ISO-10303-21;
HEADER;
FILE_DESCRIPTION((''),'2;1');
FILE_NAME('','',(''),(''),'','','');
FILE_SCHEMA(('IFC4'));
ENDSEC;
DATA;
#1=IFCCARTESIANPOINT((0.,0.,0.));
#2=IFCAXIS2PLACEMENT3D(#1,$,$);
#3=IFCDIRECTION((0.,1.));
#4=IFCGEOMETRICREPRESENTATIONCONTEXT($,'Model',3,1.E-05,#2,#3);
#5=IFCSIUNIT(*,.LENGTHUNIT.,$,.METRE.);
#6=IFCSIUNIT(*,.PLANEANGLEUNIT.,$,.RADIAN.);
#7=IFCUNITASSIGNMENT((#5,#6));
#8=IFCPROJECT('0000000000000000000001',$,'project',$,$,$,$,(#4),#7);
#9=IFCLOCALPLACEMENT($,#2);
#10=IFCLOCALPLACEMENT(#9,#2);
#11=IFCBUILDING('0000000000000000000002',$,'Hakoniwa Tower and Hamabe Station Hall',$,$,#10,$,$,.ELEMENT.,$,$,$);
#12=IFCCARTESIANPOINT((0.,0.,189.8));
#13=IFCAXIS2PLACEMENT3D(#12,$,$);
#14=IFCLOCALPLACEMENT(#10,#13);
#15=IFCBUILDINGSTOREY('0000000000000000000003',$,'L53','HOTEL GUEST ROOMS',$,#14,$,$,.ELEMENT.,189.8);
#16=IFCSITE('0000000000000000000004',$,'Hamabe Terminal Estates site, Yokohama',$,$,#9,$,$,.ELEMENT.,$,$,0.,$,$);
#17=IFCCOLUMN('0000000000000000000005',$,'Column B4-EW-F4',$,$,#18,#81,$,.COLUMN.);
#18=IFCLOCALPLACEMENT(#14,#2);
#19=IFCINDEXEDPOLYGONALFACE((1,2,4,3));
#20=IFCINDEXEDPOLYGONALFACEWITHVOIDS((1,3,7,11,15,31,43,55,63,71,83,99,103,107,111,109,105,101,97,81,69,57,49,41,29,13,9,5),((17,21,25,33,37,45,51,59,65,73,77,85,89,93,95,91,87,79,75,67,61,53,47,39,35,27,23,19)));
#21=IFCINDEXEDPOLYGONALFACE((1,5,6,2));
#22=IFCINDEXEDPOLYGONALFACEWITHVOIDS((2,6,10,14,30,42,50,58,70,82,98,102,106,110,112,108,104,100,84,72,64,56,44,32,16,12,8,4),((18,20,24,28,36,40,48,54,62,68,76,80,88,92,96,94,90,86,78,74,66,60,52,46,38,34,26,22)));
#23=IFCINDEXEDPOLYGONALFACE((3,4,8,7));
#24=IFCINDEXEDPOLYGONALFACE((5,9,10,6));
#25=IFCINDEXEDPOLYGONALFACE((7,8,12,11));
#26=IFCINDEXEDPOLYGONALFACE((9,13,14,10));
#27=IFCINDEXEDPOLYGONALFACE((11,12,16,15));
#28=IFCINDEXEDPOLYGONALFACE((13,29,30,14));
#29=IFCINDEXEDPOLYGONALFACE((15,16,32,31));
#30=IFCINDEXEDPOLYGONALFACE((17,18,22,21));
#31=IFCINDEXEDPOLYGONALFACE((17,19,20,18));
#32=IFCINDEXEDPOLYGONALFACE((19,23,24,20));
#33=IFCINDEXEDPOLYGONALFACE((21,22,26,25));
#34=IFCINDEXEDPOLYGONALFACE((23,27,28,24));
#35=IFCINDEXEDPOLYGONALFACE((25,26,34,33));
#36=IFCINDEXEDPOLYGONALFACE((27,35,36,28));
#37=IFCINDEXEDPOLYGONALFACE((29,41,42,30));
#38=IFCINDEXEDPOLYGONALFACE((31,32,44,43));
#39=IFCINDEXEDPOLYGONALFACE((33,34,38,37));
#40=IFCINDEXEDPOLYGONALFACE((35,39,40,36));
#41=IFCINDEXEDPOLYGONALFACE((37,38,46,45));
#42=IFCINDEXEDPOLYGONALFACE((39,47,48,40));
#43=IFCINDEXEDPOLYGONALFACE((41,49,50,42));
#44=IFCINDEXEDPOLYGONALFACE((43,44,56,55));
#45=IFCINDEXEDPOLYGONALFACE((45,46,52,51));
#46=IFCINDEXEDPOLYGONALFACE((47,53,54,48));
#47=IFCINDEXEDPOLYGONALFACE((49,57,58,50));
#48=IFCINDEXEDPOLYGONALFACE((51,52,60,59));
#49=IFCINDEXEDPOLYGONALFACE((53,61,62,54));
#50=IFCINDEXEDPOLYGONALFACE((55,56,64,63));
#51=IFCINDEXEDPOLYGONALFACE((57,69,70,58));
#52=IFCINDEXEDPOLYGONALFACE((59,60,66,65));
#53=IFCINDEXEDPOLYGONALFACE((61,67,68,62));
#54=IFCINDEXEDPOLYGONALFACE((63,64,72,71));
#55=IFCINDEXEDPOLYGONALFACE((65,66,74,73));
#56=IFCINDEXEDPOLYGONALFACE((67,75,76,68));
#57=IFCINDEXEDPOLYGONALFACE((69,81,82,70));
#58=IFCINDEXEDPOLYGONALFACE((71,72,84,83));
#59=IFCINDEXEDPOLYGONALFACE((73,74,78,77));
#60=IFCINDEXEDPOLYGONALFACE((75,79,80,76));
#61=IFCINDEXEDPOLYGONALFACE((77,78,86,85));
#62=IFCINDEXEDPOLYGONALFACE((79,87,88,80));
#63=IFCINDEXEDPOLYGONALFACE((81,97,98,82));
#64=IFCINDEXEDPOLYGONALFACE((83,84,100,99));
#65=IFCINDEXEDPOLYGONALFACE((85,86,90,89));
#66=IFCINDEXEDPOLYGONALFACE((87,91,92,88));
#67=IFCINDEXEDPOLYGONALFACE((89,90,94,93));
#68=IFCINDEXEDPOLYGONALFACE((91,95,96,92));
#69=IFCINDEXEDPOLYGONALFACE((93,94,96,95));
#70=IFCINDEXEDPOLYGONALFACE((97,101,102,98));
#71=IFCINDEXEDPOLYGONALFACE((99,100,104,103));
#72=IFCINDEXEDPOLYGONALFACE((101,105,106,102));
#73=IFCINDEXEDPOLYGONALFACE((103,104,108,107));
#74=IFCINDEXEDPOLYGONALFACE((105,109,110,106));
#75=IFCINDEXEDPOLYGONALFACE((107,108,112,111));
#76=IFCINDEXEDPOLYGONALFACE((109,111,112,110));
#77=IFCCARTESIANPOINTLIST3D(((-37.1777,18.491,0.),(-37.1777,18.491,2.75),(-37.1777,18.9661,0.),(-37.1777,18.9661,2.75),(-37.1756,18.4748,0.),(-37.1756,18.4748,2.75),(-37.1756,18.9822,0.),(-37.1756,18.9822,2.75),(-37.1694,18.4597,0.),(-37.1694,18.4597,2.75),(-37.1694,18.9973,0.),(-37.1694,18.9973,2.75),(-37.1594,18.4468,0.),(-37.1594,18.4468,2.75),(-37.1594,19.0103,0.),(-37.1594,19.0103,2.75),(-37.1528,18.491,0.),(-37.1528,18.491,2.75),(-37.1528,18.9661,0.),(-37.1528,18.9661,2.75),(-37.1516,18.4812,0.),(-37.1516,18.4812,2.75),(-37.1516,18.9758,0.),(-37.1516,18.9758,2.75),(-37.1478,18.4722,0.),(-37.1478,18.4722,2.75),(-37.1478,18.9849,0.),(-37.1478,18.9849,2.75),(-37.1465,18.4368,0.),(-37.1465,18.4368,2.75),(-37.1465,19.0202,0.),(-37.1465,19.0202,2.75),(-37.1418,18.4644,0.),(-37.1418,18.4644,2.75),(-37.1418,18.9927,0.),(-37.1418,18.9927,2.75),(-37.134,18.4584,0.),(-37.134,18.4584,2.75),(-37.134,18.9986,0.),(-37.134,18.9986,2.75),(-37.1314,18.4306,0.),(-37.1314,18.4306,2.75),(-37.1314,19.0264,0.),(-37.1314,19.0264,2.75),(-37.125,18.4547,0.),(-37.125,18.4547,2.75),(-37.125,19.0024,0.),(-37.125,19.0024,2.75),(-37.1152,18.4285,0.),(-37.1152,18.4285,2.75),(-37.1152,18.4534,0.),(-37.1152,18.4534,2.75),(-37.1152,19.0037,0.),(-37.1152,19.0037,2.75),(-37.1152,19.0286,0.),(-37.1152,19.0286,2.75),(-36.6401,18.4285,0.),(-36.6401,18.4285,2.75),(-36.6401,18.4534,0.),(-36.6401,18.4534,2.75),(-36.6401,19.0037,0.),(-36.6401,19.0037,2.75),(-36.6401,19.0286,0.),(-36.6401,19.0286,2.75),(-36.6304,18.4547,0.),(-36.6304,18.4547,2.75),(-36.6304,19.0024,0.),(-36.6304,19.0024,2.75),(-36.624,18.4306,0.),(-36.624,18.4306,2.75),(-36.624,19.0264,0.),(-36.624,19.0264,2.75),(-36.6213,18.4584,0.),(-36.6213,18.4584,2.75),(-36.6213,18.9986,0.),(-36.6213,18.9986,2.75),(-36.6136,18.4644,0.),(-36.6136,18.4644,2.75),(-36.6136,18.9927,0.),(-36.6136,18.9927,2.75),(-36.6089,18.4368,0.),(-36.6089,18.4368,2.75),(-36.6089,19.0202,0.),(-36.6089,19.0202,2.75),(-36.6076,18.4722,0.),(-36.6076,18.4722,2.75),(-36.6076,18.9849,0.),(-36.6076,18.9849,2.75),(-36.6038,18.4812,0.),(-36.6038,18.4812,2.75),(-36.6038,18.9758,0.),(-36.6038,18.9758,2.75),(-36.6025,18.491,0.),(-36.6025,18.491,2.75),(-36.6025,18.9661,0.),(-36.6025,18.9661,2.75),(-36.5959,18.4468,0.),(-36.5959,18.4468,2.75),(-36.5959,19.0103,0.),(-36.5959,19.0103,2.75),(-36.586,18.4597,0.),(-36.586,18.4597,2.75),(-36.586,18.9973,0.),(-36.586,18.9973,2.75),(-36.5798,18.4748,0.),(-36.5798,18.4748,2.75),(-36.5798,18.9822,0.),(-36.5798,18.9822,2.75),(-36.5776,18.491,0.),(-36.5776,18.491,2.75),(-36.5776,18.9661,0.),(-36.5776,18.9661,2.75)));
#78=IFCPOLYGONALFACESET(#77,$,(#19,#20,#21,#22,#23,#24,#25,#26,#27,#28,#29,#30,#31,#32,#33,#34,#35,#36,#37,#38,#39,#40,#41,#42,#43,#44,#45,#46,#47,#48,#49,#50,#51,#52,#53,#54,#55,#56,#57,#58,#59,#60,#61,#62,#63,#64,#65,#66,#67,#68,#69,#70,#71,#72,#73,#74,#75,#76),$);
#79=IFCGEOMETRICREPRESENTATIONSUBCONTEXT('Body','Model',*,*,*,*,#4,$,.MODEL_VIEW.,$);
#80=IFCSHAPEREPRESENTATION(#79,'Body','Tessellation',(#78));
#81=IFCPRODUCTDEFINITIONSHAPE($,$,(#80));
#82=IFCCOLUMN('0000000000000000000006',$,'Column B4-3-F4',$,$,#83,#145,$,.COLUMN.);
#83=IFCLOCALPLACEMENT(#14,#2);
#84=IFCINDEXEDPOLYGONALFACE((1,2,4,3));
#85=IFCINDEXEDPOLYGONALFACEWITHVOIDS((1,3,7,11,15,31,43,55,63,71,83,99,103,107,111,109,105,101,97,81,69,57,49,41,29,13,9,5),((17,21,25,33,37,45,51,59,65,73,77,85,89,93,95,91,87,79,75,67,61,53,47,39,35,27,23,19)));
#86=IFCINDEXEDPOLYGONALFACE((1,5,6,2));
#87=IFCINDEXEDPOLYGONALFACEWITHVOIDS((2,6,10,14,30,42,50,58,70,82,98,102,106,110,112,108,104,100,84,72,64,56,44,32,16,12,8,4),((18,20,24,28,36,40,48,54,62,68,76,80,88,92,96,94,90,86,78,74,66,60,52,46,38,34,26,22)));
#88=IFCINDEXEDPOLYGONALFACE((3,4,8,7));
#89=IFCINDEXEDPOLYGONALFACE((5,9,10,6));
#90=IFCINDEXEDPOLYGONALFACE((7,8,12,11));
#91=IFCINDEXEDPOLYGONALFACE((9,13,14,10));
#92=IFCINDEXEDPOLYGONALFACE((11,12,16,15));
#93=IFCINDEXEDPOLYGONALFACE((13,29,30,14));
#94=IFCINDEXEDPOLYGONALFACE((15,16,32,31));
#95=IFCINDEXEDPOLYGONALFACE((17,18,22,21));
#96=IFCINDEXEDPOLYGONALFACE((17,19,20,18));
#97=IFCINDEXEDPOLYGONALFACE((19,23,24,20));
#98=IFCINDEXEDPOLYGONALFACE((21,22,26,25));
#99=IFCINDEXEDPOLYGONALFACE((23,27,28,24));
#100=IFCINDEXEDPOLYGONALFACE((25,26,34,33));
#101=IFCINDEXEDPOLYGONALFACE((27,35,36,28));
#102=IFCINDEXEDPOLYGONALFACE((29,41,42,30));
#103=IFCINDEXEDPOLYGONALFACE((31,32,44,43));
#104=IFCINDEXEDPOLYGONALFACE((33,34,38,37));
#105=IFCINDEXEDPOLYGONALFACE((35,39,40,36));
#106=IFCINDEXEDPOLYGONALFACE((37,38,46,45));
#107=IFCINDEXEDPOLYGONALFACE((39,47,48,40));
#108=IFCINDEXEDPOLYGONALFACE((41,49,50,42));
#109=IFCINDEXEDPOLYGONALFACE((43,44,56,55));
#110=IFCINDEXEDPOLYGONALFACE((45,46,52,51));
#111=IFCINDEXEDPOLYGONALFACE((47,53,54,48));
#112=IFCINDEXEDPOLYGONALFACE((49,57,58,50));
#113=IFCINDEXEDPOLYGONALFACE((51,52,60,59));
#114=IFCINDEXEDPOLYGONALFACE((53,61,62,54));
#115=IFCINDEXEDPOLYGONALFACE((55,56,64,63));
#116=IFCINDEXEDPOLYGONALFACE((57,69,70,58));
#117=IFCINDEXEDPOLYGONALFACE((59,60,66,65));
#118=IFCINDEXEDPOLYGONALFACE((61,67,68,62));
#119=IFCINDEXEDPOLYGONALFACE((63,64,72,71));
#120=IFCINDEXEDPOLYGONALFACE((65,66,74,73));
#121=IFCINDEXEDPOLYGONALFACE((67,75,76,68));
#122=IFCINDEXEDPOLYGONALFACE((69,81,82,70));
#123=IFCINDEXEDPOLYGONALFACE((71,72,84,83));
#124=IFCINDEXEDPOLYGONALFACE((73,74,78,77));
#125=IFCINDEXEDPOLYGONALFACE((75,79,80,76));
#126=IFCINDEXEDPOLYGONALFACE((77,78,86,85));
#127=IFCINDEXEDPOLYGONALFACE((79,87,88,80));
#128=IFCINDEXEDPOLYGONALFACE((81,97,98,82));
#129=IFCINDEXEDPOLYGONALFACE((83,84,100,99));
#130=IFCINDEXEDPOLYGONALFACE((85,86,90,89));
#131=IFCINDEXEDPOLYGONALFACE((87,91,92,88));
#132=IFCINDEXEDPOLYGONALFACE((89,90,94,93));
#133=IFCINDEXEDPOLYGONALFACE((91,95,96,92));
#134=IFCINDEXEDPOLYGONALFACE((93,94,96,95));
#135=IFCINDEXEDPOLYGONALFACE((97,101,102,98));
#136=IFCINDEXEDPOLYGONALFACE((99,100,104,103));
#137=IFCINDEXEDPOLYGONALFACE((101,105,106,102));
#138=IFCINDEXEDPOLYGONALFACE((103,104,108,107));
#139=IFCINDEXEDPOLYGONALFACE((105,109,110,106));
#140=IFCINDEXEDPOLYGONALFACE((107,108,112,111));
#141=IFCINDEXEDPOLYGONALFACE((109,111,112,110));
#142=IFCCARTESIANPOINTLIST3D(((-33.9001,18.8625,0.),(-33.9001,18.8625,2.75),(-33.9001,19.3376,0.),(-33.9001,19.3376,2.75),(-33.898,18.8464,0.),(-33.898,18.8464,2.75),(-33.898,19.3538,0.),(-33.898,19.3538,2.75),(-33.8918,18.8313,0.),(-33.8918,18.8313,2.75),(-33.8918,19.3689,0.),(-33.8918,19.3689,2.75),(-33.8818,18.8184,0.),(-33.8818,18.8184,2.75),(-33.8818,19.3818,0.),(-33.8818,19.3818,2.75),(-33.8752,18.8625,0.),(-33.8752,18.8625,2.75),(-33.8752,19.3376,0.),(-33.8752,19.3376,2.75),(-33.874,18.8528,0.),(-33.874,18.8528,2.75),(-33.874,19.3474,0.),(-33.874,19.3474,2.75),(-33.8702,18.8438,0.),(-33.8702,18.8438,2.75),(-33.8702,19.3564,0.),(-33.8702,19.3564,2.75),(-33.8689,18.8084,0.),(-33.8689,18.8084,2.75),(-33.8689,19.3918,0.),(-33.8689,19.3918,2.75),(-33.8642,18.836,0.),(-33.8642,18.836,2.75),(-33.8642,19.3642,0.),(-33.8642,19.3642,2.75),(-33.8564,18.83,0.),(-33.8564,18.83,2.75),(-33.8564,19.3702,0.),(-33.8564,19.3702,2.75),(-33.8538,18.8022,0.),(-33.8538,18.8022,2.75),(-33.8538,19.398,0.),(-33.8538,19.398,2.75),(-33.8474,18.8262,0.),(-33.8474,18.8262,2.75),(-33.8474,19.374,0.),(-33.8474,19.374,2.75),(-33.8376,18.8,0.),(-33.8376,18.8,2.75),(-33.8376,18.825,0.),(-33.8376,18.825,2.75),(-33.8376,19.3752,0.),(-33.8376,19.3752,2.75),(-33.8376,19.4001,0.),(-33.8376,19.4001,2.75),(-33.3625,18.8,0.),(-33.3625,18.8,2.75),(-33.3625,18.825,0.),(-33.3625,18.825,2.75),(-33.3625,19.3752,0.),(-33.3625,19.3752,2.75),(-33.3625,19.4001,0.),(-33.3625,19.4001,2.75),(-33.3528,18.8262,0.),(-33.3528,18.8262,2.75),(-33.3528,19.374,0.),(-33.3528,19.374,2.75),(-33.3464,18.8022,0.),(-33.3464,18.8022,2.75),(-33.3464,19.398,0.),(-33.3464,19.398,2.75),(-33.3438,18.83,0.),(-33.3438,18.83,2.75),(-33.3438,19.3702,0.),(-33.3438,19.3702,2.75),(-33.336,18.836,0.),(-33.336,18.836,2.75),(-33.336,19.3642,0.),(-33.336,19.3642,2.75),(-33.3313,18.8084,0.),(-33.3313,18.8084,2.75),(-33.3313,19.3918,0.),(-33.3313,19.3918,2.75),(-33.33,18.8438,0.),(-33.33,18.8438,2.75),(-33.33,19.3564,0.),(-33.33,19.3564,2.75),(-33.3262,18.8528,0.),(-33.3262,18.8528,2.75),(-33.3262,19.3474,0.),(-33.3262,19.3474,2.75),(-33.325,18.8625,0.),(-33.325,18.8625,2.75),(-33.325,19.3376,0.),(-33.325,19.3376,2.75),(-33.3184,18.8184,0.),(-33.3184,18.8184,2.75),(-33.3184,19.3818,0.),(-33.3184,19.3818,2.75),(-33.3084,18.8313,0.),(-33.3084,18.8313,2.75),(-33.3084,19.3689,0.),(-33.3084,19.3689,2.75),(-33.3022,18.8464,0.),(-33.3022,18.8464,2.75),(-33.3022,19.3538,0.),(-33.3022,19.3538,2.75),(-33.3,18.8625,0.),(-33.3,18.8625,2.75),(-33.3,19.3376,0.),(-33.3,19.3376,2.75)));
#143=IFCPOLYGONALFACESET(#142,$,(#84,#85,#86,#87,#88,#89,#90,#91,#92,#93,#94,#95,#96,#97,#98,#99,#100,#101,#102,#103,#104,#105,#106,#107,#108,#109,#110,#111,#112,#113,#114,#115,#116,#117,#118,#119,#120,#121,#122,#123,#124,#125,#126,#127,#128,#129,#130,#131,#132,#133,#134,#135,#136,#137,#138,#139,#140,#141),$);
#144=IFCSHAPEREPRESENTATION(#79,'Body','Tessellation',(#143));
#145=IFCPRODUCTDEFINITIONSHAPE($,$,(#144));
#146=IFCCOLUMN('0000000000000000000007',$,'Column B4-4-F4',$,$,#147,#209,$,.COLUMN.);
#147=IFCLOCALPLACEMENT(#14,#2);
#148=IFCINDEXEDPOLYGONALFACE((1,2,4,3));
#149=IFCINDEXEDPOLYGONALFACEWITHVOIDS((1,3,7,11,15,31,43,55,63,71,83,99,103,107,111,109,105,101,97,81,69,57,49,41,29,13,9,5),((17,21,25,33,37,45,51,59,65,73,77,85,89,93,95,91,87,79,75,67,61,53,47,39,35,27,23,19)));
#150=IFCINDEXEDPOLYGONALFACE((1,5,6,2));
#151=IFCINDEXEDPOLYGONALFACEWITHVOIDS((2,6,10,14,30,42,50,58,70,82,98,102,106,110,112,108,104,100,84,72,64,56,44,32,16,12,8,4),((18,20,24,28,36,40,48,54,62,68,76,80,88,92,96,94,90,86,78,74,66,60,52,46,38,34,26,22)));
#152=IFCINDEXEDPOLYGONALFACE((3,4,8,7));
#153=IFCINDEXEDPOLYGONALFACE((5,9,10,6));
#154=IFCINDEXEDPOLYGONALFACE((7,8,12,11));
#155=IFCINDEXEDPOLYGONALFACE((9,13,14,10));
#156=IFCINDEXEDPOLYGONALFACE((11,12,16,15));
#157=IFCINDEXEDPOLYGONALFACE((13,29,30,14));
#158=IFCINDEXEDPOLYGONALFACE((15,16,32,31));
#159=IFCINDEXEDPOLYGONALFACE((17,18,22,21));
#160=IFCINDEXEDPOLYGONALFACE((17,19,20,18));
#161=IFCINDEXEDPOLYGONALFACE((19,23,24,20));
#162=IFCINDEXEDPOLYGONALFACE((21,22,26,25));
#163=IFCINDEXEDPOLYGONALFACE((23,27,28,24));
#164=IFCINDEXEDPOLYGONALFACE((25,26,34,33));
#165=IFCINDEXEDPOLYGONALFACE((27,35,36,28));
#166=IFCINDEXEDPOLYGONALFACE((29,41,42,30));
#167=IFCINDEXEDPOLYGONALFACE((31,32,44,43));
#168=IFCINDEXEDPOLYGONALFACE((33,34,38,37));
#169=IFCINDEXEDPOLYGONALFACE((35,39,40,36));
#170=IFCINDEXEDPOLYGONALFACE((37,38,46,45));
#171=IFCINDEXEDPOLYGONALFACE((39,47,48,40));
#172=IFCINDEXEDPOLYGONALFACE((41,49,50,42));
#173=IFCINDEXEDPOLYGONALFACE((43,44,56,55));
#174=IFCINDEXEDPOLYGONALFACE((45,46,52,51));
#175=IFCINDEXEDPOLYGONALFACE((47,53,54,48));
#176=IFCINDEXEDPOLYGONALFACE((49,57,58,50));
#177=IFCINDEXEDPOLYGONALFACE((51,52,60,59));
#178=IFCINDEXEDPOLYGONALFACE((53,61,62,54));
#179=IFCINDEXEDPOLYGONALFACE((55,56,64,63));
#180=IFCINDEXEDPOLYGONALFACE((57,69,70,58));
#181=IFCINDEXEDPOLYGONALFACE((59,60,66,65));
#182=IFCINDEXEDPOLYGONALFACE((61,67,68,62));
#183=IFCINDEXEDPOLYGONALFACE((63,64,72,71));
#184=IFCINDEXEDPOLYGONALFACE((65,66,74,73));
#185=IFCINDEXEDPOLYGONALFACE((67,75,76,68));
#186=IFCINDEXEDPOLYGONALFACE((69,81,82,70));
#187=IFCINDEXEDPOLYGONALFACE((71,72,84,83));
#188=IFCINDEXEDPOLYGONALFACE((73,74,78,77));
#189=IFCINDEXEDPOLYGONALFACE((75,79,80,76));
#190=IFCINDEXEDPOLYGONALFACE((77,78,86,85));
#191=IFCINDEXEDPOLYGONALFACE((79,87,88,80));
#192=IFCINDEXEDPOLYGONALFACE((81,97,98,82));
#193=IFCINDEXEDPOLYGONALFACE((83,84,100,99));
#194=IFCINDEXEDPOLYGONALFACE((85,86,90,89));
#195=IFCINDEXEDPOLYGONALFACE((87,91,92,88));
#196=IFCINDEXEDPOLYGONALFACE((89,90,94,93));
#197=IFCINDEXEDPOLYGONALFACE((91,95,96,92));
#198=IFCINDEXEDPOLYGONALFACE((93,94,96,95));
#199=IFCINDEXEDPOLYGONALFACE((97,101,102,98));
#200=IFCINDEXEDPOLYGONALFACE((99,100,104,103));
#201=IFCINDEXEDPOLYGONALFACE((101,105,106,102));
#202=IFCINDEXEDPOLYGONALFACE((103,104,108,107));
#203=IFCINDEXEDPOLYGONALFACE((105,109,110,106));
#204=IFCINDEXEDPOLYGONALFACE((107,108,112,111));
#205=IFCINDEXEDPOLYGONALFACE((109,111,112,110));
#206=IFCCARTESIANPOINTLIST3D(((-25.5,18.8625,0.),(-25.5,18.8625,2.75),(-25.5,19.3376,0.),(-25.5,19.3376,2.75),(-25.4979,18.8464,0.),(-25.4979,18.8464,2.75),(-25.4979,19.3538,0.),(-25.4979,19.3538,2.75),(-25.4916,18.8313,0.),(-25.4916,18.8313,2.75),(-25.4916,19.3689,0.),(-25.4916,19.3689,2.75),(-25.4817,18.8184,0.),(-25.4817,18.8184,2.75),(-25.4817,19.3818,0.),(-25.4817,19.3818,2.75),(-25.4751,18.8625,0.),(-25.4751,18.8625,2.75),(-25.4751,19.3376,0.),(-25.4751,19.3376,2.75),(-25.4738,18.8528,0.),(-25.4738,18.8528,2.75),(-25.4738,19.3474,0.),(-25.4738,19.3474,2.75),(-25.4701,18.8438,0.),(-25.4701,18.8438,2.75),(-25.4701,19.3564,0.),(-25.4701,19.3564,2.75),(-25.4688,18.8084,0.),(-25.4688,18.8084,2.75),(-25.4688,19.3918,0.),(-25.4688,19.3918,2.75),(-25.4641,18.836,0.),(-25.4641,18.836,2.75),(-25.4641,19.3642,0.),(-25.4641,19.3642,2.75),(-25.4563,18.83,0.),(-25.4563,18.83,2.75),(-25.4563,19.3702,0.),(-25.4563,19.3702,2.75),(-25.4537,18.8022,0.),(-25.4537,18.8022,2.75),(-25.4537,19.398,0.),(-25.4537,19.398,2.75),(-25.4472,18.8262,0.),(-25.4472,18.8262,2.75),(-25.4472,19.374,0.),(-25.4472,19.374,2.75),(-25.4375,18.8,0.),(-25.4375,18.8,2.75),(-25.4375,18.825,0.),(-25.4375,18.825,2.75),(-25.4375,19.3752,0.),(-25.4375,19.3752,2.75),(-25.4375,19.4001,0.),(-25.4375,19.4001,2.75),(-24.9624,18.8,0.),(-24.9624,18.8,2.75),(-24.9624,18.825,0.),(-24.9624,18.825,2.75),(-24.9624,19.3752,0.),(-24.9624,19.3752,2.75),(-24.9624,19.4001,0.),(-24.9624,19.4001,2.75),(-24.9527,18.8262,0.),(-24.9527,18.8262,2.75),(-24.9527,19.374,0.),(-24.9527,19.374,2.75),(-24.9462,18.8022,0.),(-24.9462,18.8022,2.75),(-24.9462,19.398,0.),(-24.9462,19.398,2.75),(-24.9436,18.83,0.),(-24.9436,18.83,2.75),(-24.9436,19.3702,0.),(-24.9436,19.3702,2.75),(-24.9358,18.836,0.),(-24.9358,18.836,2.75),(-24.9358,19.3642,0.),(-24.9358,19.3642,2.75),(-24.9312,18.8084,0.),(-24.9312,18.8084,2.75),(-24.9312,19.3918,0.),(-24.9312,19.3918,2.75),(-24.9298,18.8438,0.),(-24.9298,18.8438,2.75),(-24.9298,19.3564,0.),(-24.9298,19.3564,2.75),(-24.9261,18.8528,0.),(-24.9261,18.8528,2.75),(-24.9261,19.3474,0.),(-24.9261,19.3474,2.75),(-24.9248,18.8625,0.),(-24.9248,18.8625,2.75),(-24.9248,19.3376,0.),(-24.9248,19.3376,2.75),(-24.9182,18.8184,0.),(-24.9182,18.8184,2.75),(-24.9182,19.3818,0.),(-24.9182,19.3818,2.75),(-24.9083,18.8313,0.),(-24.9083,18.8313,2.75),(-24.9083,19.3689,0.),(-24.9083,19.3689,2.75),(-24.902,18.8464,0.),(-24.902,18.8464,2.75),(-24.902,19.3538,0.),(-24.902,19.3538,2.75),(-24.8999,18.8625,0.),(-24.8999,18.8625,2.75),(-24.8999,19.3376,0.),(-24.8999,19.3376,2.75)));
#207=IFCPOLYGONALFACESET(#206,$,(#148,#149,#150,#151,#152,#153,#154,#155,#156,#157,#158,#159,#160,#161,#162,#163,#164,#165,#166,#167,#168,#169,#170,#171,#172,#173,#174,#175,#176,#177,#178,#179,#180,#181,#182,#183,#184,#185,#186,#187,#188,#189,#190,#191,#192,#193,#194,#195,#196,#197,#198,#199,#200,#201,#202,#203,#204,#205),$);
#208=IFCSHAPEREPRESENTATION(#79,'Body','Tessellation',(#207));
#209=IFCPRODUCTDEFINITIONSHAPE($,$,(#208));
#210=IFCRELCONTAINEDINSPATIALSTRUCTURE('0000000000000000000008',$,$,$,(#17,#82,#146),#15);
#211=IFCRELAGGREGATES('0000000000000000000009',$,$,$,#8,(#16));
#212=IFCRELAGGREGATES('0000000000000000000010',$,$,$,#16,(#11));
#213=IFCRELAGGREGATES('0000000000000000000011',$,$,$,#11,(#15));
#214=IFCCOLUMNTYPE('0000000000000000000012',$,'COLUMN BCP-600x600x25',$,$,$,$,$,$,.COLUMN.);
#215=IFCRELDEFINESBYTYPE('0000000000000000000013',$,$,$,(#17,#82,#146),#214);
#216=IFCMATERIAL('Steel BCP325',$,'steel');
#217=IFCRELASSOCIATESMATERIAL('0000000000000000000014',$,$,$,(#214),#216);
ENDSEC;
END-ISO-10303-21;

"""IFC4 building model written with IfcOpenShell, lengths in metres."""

from ifc_helpers import new_model, si_unit, direction, frame, origin, origin_2d, place, context, subcontext, project, spatial, hollow_rectangle, extrude, material, material_profile, profile_set, type_object, element, save


model = new_model("IFC4")

# Units and contexts
model_context = context("Model", 3, precision=1e-05, world=origin(), true_north=direction((0.0, 1.0)))
body_context = subcontext(model_context, "Body", "Model", "MODEL_VIEW")
ifc_project = project(units=[si_unit("LENGTHUNIT", "METRE"), si_unit("PLANEANGLEUNIT", "RADIAN")], contexts=[model_context])

# Site, building, storey
site_placement = place(None, origin())
site = spatial("IfcSite", under=ifc_project, at=site_placement, Name="Hamabe Terminal Estates site, Yokohama", CompositionType="ELEMENT", RefElevation=0.0)
building_placement = place(site_placement, origin())
building = spatial("IfcBuilding", under=site, at=building_placement, Name="Hakoniwa Tower and Hamabe Station Hall", CompositionType="ELEMENT")
storey_placement = place(building_placement, frame((0.0, 0.0, 189.8)))
storey = spatial("IfcBuildingStorey", under=building, at=storey_placement, Name="L53", Description="HOTEL GUEST ROOMS", CompositionType="ELEMENT", Elevation=189.8)

# Columns
ifc_material_1 = material(Name="Steel BCP325", Category="steel")
ifc_material_profile_1 = material_profile(ifc_material_1, hollow_rectangle(XDim=0.6001, YDim=0.6001, WallThickness=0.0249, InnerFilletRadius=0.0376, OuterFilletRadius=0.0625, at=origin_2d()), Name="BCP-600x600x25")
ifc_profile_set_1 = profile_set([ifc_material_profile_1], Name="Steel BCP325")
column_type = type_object("IfcColumnType", Name="COLUMN BCP-600x600x25", PredefinedType="COLUMN", material=ifc_profile_set_1)
for number, where, z_axis, x_axis, name in (
    (1, (-36.8777, 18.7285, 0.0), (0.0, 0.0, 1.0), (1.0, 0.0, 0.0), "Column B4-EW-F4"),
    (2, (-33.6001, 19.1001, 0.0), (0.0, 0.0, 1.0), (1.0, 0.0, 0.0), "Column B4-3-F4"),
    (3, (-25.2, 19.1001, 0.0), (0.0, 0.0, 1.0), (1.0, 0.0, 0.0), "Column B4-4-F4"),
):
    element("IfcColumn", number, at=place(storey_placement, frame(where, z_axis=z_axis, x_axis=x_axis)), inside=storey, type_object=column_type, Name=name, PredefinedType="COLUMN", context=body_context, shape_type="SweptSolid", body=[
        extrude(hollow_rectangle(XDim=0.6001, YDim=0.6001, WallThickness=0.0249, InnerFilletRadius=0.0376, OuterFilletRadius=0.0625, at=origin_2d()), origin(), (0.0, 0.0, 1.0), 2.75),
    ])

save(model, "model.ifc")
